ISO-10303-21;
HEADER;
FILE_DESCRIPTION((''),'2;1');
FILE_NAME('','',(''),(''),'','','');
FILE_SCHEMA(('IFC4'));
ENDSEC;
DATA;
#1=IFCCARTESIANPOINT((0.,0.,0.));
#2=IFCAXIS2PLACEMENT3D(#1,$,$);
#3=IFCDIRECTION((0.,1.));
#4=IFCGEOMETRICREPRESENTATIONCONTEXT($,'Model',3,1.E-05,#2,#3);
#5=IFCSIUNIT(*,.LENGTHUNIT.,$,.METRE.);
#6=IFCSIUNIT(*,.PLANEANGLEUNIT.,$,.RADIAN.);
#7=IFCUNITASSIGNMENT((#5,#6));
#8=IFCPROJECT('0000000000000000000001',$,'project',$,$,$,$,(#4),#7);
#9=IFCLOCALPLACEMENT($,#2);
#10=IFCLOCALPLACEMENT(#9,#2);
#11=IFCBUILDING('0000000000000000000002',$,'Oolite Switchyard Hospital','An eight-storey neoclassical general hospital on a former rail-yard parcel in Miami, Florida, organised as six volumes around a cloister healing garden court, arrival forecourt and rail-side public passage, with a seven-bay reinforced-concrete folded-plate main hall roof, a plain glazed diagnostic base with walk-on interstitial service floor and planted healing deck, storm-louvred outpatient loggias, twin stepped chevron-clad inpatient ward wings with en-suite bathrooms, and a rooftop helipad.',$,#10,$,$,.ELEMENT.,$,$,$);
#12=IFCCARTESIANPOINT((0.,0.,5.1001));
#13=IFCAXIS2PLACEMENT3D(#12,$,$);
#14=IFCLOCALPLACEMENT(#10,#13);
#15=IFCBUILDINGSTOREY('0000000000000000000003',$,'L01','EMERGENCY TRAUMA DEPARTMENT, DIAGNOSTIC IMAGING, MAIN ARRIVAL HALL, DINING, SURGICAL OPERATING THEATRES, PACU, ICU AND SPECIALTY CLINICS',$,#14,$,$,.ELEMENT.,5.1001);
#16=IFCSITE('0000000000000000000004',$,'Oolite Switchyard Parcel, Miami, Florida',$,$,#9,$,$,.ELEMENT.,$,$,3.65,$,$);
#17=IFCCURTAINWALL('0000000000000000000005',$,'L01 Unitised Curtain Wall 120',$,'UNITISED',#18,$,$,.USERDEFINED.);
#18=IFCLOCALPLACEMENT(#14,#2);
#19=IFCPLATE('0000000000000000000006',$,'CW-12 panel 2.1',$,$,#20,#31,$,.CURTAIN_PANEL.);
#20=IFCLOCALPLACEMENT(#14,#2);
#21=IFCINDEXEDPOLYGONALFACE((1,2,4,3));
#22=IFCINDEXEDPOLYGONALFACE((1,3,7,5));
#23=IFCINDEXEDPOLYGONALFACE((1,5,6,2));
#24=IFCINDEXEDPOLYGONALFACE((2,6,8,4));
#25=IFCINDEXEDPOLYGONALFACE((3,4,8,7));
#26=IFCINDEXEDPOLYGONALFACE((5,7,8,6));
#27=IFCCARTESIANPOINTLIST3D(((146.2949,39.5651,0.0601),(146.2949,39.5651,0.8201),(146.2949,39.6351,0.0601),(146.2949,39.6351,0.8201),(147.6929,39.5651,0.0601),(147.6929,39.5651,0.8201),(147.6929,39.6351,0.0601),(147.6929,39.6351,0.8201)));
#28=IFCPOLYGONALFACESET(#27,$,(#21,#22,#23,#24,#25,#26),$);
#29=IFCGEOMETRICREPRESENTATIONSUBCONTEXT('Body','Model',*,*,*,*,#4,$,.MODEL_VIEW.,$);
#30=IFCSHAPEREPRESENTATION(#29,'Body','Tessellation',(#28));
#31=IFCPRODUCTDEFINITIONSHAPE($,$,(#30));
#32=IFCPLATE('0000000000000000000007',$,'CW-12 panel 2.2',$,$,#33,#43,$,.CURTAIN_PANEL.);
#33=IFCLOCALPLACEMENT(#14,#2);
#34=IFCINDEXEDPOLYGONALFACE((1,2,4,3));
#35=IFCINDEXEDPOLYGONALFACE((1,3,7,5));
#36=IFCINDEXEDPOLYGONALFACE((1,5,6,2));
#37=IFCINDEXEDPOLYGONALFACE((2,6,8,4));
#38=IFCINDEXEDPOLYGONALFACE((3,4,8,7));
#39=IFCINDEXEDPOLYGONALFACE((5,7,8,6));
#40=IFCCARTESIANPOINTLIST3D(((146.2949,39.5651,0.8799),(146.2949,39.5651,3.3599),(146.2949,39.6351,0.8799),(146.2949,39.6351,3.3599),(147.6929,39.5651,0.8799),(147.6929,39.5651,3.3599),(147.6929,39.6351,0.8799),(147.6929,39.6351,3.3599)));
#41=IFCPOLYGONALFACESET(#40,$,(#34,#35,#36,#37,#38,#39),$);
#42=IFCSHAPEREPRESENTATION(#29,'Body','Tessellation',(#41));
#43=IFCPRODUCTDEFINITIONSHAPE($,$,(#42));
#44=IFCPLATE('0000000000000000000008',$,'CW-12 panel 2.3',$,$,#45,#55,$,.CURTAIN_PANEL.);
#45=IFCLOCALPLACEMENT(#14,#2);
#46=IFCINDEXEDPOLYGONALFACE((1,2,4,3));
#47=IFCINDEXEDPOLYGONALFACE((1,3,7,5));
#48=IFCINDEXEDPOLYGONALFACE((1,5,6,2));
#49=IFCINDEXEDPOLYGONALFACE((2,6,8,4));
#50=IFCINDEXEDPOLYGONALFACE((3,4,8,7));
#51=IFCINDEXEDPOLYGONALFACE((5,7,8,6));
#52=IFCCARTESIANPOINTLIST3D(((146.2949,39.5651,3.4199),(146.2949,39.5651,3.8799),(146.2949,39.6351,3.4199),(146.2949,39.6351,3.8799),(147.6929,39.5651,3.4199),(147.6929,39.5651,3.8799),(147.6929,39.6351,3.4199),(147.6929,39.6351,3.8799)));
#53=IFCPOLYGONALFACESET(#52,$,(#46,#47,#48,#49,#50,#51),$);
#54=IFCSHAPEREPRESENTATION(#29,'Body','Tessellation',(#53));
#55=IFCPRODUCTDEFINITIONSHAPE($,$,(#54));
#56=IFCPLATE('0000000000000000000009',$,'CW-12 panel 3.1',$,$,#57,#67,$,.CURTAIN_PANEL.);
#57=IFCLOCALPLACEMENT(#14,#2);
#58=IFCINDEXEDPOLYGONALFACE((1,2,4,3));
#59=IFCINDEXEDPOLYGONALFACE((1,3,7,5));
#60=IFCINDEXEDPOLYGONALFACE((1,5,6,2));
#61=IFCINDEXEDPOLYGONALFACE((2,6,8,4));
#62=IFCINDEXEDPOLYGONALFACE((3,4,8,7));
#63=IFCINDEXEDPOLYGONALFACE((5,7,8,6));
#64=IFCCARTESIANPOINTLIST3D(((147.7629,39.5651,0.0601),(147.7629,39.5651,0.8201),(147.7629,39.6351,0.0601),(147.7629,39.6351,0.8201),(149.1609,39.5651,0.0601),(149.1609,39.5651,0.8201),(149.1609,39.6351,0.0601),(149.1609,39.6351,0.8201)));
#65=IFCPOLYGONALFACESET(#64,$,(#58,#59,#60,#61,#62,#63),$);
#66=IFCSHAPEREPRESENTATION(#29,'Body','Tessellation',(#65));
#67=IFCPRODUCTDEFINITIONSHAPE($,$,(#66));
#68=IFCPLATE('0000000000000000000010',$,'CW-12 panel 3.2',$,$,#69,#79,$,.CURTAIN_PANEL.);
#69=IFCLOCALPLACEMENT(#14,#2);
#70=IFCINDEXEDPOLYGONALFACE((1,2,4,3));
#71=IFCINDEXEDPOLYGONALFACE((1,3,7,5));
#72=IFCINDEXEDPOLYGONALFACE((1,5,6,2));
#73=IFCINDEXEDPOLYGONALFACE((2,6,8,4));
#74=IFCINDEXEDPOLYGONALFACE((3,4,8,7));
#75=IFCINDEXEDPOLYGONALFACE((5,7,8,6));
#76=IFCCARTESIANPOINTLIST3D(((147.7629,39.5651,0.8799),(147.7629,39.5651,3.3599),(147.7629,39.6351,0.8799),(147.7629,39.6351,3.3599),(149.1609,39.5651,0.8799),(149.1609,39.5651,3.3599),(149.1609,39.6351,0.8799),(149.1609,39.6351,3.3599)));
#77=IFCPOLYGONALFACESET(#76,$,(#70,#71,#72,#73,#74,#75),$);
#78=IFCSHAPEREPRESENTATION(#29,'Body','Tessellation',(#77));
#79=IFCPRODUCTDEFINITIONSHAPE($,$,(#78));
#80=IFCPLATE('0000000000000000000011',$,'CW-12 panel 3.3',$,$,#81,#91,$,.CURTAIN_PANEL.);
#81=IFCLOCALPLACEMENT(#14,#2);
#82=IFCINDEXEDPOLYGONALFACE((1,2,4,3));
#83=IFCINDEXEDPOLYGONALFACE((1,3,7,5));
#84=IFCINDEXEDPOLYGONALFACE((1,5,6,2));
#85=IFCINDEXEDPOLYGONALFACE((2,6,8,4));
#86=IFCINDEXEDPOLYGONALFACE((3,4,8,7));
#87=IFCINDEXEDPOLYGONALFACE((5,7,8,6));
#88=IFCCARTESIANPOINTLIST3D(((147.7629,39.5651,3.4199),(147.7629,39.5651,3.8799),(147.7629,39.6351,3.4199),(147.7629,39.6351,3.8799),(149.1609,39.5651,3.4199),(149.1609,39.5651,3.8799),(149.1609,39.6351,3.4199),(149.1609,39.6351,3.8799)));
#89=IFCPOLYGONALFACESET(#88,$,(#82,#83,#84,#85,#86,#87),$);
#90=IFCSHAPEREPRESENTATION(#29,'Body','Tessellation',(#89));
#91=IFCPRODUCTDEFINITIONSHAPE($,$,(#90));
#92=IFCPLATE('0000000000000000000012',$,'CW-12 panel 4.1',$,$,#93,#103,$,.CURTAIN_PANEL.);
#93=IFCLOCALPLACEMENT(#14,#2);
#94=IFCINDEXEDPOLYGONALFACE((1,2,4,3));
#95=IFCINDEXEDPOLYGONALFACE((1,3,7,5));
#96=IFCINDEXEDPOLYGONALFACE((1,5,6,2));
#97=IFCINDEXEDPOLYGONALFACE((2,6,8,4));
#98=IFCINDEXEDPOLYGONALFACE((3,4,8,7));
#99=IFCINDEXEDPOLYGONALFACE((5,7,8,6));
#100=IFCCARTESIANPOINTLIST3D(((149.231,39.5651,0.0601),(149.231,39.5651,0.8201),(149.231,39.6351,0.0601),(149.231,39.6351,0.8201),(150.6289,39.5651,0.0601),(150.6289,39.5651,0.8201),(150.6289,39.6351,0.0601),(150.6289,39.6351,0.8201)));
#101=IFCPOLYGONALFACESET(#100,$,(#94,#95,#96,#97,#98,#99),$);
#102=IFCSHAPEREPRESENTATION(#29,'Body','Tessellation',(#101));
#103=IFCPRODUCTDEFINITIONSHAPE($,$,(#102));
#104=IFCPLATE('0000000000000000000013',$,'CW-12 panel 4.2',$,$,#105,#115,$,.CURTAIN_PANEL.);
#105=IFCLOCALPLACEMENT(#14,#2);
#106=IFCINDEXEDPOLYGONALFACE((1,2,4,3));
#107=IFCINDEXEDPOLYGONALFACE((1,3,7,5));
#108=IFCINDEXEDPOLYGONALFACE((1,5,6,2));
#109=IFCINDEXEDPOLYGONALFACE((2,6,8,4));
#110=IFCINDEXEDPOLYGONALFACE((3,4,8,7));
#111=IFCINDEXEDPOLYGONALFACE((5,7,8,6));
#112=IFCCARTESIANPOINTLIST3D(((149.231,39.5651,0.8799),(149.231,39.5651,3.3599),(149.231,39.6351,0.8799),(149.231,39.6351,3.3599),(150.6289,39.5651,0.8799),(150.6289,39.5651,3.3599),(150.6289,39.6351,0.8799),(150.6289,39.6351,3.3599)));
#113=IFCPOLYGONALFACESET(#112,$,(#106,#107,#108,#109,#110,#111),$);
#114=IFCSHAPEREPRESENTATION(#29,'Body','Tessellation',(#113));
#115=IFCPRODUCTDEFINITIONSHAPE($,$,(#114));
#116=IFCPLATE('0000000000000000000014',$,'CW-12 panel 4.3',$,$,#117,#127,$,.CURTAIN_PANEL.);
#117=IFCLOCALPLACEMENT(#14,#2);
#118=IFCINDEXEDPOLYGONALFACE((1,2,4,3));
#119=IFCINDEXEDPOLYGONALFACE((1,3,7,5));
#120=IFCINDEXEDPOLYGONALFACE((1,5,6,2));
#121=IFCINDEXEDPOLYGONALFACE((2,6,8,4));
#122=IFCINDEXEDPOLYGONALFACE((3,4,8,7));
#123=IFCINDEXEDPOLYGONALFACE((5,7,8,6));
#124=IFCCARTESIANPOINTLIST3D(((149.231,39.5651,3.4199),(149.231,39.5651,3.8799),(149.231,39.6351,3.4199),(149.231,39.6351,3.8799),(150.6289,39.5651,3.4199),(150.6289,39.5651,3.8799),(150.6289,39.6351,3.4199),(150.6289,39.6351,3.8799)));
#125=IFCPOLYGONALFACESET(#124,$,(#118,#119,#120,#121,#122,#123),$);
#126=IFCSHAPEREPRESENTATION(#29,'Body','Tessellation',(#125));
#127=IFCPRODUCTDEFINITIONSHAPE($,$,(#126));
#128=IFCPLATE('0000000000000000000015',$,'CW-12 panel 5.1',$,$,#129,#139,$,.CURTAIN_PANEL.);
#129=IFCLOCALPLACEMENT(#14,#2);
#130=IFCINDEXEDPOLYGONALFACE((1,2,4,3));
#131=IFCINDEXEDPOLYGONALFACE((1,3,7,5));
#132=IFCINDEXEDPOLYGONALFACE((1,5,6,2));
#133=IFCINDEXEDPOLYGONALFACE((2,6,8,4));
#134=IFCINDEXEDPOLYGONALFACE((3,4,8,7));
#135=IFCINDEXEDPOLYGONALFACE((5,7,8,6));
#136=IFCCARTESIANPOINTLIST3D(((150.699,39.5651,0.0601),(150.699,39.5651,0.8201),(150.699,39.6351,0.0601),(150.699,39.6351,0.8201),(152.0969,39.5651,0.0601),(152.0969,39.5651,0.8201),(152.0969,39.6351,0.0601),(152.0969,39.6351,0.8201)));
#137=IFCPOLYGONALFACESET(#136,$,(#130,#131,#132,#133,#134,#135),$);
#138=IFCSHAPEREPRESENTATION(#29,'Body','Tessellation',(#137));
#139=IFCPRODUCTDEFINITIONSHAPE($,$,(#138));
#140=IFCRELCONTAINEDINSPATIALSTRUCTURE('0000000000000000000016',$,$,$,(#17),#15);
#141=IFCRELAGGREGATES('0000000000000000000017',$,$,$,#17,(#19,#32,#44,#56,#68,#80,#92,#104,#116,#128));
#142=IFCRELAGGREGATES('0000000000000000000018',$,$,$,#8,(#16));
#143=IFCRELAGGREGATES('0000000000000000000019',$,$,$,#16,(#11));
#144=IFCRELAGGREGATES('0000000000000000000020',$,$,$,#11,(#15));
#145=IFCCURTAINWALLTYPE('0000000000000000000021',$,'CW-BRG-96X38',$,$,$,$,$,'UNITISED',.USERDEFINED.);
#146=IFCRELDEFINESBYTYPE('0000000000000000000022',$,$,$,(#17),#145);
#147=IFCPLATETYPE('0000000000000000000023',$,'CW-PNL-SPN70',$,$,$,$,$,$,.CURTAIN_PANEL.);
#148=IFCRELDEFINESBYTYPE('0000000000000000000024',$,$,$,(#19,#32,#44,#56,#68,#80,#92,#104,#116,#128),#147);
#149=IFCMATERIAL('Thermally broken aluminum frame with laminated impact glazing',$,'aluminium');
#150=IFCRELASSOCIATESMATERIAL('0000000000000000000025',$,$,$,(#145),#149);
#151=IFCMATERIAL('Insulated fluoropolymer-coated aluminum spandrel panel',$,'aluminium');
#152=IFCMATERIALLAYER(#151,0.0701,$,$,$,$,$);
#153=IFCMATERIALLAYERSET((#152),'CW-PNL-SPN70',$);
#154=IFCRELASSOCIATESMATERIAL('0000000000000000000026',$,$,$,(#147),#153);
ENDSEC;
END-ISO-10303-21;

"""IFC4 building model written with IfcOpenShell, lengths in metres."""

from ifc_helpers import new_model, si_unit, direction, frame, origin, origin_2d, place, context, subcontext, project, spatial, rectangle, extrude, material, layer, layer_set, type_object, element, aggregate, save


model = new_model("IFC4")

# Units and contexts
model_context = context("Model", 3, precision=1e-05, world=origin(), true_north=direction((0.0, 1.0)))
body_context = subcontext(model_context, "Body", "Model", "MODEL_VIEW")
ifc_project = project(units=[si_unit("LENGTHUNIT", "METRE"), si_unit("PLANEANGLEUNIT", "RADIAN")], contexts=[model_context])

# Site, building, storey
site_placement = place(None, origin())
site = spatial("IfcSite", under=ifc_project, at=site_placement, Name="Oolite Switchyard Parcel, Miami, Florida", CompositionType="ELEMENT", RefElevation=3.65)
building_placement = place(site_placement, origin())
building = spatial("IfcBuilding", under=site, at=building_placement, Name="Oolite Switchyard Hospital", Description="An eight-storey neoclassical general hospital on a former rail-yard parcel in Miami, Florida, organised as six volumes around a cloister healing garden court, arrival forecourt and rail-side public passage, with a seven-bay reinforced-concrete folded-plate main hall roof, a plain glazed diagnostic base with walk-on interstitial service floor and planted healing deck, storm-louvred outpatient loggias, twin stepped chevron-clad inpatient ward wings with en-suite bathrooms, and a rooftop helipad.", CompositionType="ELEMENT")
storey_placement = place(building_placement, frame((0.0, 0.0, 5.1001)))
storey = spatial("IfcBuildingStorey", under=building, at=storey_placement, Name="L01", Description="EMERGENCY TRAUMA DEPARTMENT, DIAGNOSTIC IMAGING, MAIN ARRIVAL HALL, DINING, SURGICAL OPERATING THEATRES, PACU, ICU AND SPECIALTY CLINICS", CompositionType="ELEMENT", Elevation=5.1001)

# Curtain wall, plates
ifc_material_1 = material(Name="Thermally broken aluminum frame with laminated impact glazing", Category="aluminium")
curtain_wall_type = type_object("IfcCurtainWallType", Name="CW-BRG-96X38", ElementType="UNITISED", PredefinedType="USERDEFINED", material=ifc_material_1)
curtain_wall_placement = place(storey_placement, origin())
curtain_wall = element("IfcCurtainWall", 1, at=curtain_wall_placement, inside=storey, type_object=curtain_wall_type, Name="L01 Unitised Curtain Wall 120", ObjectType="UNITISED", PredefinedType="USERDEFINED")
ifc_material_2 = material(Name="Insulated fluoropolymer-coated aluminum spandrel panel", Category="aluminium")
ifc_layer = layer(ifc_material_2, 0.0701)
ifc_layer_set = layer_set([ifc_layer], Name="CW-PNL-SPN70")
plate_type = type_object("IfcPlateType", Name="CW-PNL-SPN70", PredefinedType="CURTAIN_PANEL", material=ifc_layer_set)
plate_1_placement = place(storey_placement, frame((146.9939, 39.6001, 0.0601), z_axis=(0.0, 0.0, 1.0), x_axis=(1.0, 0.0, 0.0)))
plate_1 = element("IfcPlate", 2, at=plate_1_placement, type_object=plate_type, Name="CW-12 panel 2.1", PredefinedType="CURTAIN_PANEL", context=body_context, shape_type="SweptSolid", body=[
    extrude(rectangle(XDim=1.3979, YDim=0.0701, at=origin_2d()), origin(), (0.0, 0.0, 1.0), 0.76),
])
plate_2_placement = place(storey_placement, frame((146.9939, 39.6001, 0.8799), z_axis=(0.0, 0.0, 1.0), x_axis=(1.0, 0.0, 0.0)))
plate_2 = element("IfcPlate", 3, at=plate_2_placement, type_object=plate_type, Name="CW-12 panel 2.2", PredefinedType="CURTAIN_PANEL", context=body_context, shape_type="SweptSolid", body=[
    extrude(rectangle(XDim=1.3979, YDim=0.0701, at=origin_2d()), origin(), (0.0, 0.0, 1.0), 2.48),
])
plate_3_placement = place(storey_placement, frame((146.9939, 39.6001, 3.4199), z_axis=(0.0, 0.0, 1.0), x_axis=(1.0, 0.0, 0.0)))
plate_3 = element("IfcPlate", 4, at=plate_3_placement, type_object=plate_type, Name="CW-12 panel 2.3", PredefinedType="CURTAIN_PANEL", context=body_context, shape_type="SweptSolid", body=[
    extrude(rectangle(XDim=1.3979, YDim=0.0701, at=origin_2d()), origin(), (0.0, 0.0, 1.0), 0.46),
])
plate_4_placement = place(storey_placement, frame((148.4619, 39.6001, 0.0601), z_axis=(0.0, 0.0, 1.0), x_axis=(1.0, 0.0, 0.0)))
plate_4 = element("IfcPlate", 5, at=plate_4_placement, type_object=plate_type, Name="CW-12 panel 3.1", PredefinedType="CURTAIN_PANEL", context=body_context, shape_type="SweptSolid", body=[
    extrude(rectangle(XDim=1.3979, YDim=0.0701, at=origin_2d()), origin(), (0.0, 0.0, 1.0), 0.76),
])
plate_5_placement = place(storey_placement, frame((148.4619, 39.6001, 0.8799), z_axis=(0.0, 0.0, 1.0), x_axis=(1.0, 0.0, 0.0)))
plate_5 = element("IfcPlate", 6, at=plate_5_placement, type_object=plate_type, Name="CW-12 panel 3.2", PredefinedType="CURTAIN_PANEL", context=body_context, shape_type="SweptSolid", body=[
    extrude(rectangle(XDim=1.3979, YDim=0.0701, at=origin_2d()), origin(), (0.0, 0.0, 1.0), 2.48),
])
plate_6_placement = place(storey_placement, frame((148.4619, 39.6001, 3.4199), z_axis=(0.0, 0.0, 1.0), x_axis=(1.0, 0.0, 0.0)))
plate_6 = element("IfcPlate", 7, at=plate_6_placement, type_object=plate_type, Name="CW-12 panel 3.3", PredefinedType="CURTAIN_PANEL", context=body_context, shape_type="SweptSolid", body=[
    extrude(rectangle(XDim=1.3979, YDim=0.0701, at=origin_2d()), origin(), (0.0, 0.0, 1.0), 0.46),
])
plate_7_placement = place(storey_placement, frame((149.9299, 39.6001, 0.0601), z_axis=(0.0, 0.0, 1.0), x_axis=(1.0, 0.0, 0.0)))
plate_7 = element("IfcPlate", 8, at=plate_7_placement, type_object=plate_type, Name="CW-12 panel 4.1", PredefinedType="CURTAIN_PANEL", context=body_context, shape_type="SweptSolid", body=[
    extrude(rectangle(XDim=1.3979, YDim=0.0701, at=origin_2d()), origin(), (0.0, 0.0, 1.0), 0.76),
])
plate_8_placement = place(storey_placement, frame((149.9299, 39.6001, 0.8799), z_axis=(0.0, 0.0, 1.0), x_axis=(1.0, 0.0, 0.0)))
plate_8 = element("IfcPlate", 9, at=plate_8_placement, type_object=plate_type, Name="CW-12 panel 4.2", PredefinedType="CURTAIN_PANEL", context=body_context, shape_type="SweptSolid", body=[
    extrude(rectangle(XDim=1.3979, YDim=0.0701, at=origin_2d()), origin(), (0.0, 0.0, 1.0), 2.48),
])
plate_9_placement = place(storey_placement, frame((149.9299, 39.6001, 3.4199), z_axis=(0.0, 0.0, 1.0), x_axis=(1.0, 0.0, 0.0)))
plate_9 = element("IfcPlate", 10, at=plate_9_placement, type_object=plate_type, Name="CW-12 panel 4.3", PredefinedType="CURTAIN_PANEL", context=body_context, shape_type="SweptSolid", body=[
    extrude(rectangle(XDim=1.3979, YDim=0.0701, at=origin_2d()), origin(), (0.0, 0.0, 1.0), 0.46),
])
plate_10_placement = place(storey_placement, frame((151.3979, 39.6001, 0.0601), z_axis=(0.0, 0.0, 1.0), x_axis=(1.0, 0.0, 0.0)))
plate_10 = element("IfcPlate", 11, at=plate_10_placement, type_object=plate_type, Name="CW-12 panel 5.1", PredefinedType="CURTAIN_PANEL", context=body_context, shape_type="SweptSolid", body=[
    extrude(rectangle(XDim=1.3979, YDim=0.0701, at=origin_2d()), origin(), (0.0, 0.0, 1.0), 0.76),
])
aggregate(curtain_wall, [plate_1, plate_2, plate_3, plate_4, plate_5, plate_6, plate_7, plate_8, plate_9, plate_10])

save(model, "model.ifc")
